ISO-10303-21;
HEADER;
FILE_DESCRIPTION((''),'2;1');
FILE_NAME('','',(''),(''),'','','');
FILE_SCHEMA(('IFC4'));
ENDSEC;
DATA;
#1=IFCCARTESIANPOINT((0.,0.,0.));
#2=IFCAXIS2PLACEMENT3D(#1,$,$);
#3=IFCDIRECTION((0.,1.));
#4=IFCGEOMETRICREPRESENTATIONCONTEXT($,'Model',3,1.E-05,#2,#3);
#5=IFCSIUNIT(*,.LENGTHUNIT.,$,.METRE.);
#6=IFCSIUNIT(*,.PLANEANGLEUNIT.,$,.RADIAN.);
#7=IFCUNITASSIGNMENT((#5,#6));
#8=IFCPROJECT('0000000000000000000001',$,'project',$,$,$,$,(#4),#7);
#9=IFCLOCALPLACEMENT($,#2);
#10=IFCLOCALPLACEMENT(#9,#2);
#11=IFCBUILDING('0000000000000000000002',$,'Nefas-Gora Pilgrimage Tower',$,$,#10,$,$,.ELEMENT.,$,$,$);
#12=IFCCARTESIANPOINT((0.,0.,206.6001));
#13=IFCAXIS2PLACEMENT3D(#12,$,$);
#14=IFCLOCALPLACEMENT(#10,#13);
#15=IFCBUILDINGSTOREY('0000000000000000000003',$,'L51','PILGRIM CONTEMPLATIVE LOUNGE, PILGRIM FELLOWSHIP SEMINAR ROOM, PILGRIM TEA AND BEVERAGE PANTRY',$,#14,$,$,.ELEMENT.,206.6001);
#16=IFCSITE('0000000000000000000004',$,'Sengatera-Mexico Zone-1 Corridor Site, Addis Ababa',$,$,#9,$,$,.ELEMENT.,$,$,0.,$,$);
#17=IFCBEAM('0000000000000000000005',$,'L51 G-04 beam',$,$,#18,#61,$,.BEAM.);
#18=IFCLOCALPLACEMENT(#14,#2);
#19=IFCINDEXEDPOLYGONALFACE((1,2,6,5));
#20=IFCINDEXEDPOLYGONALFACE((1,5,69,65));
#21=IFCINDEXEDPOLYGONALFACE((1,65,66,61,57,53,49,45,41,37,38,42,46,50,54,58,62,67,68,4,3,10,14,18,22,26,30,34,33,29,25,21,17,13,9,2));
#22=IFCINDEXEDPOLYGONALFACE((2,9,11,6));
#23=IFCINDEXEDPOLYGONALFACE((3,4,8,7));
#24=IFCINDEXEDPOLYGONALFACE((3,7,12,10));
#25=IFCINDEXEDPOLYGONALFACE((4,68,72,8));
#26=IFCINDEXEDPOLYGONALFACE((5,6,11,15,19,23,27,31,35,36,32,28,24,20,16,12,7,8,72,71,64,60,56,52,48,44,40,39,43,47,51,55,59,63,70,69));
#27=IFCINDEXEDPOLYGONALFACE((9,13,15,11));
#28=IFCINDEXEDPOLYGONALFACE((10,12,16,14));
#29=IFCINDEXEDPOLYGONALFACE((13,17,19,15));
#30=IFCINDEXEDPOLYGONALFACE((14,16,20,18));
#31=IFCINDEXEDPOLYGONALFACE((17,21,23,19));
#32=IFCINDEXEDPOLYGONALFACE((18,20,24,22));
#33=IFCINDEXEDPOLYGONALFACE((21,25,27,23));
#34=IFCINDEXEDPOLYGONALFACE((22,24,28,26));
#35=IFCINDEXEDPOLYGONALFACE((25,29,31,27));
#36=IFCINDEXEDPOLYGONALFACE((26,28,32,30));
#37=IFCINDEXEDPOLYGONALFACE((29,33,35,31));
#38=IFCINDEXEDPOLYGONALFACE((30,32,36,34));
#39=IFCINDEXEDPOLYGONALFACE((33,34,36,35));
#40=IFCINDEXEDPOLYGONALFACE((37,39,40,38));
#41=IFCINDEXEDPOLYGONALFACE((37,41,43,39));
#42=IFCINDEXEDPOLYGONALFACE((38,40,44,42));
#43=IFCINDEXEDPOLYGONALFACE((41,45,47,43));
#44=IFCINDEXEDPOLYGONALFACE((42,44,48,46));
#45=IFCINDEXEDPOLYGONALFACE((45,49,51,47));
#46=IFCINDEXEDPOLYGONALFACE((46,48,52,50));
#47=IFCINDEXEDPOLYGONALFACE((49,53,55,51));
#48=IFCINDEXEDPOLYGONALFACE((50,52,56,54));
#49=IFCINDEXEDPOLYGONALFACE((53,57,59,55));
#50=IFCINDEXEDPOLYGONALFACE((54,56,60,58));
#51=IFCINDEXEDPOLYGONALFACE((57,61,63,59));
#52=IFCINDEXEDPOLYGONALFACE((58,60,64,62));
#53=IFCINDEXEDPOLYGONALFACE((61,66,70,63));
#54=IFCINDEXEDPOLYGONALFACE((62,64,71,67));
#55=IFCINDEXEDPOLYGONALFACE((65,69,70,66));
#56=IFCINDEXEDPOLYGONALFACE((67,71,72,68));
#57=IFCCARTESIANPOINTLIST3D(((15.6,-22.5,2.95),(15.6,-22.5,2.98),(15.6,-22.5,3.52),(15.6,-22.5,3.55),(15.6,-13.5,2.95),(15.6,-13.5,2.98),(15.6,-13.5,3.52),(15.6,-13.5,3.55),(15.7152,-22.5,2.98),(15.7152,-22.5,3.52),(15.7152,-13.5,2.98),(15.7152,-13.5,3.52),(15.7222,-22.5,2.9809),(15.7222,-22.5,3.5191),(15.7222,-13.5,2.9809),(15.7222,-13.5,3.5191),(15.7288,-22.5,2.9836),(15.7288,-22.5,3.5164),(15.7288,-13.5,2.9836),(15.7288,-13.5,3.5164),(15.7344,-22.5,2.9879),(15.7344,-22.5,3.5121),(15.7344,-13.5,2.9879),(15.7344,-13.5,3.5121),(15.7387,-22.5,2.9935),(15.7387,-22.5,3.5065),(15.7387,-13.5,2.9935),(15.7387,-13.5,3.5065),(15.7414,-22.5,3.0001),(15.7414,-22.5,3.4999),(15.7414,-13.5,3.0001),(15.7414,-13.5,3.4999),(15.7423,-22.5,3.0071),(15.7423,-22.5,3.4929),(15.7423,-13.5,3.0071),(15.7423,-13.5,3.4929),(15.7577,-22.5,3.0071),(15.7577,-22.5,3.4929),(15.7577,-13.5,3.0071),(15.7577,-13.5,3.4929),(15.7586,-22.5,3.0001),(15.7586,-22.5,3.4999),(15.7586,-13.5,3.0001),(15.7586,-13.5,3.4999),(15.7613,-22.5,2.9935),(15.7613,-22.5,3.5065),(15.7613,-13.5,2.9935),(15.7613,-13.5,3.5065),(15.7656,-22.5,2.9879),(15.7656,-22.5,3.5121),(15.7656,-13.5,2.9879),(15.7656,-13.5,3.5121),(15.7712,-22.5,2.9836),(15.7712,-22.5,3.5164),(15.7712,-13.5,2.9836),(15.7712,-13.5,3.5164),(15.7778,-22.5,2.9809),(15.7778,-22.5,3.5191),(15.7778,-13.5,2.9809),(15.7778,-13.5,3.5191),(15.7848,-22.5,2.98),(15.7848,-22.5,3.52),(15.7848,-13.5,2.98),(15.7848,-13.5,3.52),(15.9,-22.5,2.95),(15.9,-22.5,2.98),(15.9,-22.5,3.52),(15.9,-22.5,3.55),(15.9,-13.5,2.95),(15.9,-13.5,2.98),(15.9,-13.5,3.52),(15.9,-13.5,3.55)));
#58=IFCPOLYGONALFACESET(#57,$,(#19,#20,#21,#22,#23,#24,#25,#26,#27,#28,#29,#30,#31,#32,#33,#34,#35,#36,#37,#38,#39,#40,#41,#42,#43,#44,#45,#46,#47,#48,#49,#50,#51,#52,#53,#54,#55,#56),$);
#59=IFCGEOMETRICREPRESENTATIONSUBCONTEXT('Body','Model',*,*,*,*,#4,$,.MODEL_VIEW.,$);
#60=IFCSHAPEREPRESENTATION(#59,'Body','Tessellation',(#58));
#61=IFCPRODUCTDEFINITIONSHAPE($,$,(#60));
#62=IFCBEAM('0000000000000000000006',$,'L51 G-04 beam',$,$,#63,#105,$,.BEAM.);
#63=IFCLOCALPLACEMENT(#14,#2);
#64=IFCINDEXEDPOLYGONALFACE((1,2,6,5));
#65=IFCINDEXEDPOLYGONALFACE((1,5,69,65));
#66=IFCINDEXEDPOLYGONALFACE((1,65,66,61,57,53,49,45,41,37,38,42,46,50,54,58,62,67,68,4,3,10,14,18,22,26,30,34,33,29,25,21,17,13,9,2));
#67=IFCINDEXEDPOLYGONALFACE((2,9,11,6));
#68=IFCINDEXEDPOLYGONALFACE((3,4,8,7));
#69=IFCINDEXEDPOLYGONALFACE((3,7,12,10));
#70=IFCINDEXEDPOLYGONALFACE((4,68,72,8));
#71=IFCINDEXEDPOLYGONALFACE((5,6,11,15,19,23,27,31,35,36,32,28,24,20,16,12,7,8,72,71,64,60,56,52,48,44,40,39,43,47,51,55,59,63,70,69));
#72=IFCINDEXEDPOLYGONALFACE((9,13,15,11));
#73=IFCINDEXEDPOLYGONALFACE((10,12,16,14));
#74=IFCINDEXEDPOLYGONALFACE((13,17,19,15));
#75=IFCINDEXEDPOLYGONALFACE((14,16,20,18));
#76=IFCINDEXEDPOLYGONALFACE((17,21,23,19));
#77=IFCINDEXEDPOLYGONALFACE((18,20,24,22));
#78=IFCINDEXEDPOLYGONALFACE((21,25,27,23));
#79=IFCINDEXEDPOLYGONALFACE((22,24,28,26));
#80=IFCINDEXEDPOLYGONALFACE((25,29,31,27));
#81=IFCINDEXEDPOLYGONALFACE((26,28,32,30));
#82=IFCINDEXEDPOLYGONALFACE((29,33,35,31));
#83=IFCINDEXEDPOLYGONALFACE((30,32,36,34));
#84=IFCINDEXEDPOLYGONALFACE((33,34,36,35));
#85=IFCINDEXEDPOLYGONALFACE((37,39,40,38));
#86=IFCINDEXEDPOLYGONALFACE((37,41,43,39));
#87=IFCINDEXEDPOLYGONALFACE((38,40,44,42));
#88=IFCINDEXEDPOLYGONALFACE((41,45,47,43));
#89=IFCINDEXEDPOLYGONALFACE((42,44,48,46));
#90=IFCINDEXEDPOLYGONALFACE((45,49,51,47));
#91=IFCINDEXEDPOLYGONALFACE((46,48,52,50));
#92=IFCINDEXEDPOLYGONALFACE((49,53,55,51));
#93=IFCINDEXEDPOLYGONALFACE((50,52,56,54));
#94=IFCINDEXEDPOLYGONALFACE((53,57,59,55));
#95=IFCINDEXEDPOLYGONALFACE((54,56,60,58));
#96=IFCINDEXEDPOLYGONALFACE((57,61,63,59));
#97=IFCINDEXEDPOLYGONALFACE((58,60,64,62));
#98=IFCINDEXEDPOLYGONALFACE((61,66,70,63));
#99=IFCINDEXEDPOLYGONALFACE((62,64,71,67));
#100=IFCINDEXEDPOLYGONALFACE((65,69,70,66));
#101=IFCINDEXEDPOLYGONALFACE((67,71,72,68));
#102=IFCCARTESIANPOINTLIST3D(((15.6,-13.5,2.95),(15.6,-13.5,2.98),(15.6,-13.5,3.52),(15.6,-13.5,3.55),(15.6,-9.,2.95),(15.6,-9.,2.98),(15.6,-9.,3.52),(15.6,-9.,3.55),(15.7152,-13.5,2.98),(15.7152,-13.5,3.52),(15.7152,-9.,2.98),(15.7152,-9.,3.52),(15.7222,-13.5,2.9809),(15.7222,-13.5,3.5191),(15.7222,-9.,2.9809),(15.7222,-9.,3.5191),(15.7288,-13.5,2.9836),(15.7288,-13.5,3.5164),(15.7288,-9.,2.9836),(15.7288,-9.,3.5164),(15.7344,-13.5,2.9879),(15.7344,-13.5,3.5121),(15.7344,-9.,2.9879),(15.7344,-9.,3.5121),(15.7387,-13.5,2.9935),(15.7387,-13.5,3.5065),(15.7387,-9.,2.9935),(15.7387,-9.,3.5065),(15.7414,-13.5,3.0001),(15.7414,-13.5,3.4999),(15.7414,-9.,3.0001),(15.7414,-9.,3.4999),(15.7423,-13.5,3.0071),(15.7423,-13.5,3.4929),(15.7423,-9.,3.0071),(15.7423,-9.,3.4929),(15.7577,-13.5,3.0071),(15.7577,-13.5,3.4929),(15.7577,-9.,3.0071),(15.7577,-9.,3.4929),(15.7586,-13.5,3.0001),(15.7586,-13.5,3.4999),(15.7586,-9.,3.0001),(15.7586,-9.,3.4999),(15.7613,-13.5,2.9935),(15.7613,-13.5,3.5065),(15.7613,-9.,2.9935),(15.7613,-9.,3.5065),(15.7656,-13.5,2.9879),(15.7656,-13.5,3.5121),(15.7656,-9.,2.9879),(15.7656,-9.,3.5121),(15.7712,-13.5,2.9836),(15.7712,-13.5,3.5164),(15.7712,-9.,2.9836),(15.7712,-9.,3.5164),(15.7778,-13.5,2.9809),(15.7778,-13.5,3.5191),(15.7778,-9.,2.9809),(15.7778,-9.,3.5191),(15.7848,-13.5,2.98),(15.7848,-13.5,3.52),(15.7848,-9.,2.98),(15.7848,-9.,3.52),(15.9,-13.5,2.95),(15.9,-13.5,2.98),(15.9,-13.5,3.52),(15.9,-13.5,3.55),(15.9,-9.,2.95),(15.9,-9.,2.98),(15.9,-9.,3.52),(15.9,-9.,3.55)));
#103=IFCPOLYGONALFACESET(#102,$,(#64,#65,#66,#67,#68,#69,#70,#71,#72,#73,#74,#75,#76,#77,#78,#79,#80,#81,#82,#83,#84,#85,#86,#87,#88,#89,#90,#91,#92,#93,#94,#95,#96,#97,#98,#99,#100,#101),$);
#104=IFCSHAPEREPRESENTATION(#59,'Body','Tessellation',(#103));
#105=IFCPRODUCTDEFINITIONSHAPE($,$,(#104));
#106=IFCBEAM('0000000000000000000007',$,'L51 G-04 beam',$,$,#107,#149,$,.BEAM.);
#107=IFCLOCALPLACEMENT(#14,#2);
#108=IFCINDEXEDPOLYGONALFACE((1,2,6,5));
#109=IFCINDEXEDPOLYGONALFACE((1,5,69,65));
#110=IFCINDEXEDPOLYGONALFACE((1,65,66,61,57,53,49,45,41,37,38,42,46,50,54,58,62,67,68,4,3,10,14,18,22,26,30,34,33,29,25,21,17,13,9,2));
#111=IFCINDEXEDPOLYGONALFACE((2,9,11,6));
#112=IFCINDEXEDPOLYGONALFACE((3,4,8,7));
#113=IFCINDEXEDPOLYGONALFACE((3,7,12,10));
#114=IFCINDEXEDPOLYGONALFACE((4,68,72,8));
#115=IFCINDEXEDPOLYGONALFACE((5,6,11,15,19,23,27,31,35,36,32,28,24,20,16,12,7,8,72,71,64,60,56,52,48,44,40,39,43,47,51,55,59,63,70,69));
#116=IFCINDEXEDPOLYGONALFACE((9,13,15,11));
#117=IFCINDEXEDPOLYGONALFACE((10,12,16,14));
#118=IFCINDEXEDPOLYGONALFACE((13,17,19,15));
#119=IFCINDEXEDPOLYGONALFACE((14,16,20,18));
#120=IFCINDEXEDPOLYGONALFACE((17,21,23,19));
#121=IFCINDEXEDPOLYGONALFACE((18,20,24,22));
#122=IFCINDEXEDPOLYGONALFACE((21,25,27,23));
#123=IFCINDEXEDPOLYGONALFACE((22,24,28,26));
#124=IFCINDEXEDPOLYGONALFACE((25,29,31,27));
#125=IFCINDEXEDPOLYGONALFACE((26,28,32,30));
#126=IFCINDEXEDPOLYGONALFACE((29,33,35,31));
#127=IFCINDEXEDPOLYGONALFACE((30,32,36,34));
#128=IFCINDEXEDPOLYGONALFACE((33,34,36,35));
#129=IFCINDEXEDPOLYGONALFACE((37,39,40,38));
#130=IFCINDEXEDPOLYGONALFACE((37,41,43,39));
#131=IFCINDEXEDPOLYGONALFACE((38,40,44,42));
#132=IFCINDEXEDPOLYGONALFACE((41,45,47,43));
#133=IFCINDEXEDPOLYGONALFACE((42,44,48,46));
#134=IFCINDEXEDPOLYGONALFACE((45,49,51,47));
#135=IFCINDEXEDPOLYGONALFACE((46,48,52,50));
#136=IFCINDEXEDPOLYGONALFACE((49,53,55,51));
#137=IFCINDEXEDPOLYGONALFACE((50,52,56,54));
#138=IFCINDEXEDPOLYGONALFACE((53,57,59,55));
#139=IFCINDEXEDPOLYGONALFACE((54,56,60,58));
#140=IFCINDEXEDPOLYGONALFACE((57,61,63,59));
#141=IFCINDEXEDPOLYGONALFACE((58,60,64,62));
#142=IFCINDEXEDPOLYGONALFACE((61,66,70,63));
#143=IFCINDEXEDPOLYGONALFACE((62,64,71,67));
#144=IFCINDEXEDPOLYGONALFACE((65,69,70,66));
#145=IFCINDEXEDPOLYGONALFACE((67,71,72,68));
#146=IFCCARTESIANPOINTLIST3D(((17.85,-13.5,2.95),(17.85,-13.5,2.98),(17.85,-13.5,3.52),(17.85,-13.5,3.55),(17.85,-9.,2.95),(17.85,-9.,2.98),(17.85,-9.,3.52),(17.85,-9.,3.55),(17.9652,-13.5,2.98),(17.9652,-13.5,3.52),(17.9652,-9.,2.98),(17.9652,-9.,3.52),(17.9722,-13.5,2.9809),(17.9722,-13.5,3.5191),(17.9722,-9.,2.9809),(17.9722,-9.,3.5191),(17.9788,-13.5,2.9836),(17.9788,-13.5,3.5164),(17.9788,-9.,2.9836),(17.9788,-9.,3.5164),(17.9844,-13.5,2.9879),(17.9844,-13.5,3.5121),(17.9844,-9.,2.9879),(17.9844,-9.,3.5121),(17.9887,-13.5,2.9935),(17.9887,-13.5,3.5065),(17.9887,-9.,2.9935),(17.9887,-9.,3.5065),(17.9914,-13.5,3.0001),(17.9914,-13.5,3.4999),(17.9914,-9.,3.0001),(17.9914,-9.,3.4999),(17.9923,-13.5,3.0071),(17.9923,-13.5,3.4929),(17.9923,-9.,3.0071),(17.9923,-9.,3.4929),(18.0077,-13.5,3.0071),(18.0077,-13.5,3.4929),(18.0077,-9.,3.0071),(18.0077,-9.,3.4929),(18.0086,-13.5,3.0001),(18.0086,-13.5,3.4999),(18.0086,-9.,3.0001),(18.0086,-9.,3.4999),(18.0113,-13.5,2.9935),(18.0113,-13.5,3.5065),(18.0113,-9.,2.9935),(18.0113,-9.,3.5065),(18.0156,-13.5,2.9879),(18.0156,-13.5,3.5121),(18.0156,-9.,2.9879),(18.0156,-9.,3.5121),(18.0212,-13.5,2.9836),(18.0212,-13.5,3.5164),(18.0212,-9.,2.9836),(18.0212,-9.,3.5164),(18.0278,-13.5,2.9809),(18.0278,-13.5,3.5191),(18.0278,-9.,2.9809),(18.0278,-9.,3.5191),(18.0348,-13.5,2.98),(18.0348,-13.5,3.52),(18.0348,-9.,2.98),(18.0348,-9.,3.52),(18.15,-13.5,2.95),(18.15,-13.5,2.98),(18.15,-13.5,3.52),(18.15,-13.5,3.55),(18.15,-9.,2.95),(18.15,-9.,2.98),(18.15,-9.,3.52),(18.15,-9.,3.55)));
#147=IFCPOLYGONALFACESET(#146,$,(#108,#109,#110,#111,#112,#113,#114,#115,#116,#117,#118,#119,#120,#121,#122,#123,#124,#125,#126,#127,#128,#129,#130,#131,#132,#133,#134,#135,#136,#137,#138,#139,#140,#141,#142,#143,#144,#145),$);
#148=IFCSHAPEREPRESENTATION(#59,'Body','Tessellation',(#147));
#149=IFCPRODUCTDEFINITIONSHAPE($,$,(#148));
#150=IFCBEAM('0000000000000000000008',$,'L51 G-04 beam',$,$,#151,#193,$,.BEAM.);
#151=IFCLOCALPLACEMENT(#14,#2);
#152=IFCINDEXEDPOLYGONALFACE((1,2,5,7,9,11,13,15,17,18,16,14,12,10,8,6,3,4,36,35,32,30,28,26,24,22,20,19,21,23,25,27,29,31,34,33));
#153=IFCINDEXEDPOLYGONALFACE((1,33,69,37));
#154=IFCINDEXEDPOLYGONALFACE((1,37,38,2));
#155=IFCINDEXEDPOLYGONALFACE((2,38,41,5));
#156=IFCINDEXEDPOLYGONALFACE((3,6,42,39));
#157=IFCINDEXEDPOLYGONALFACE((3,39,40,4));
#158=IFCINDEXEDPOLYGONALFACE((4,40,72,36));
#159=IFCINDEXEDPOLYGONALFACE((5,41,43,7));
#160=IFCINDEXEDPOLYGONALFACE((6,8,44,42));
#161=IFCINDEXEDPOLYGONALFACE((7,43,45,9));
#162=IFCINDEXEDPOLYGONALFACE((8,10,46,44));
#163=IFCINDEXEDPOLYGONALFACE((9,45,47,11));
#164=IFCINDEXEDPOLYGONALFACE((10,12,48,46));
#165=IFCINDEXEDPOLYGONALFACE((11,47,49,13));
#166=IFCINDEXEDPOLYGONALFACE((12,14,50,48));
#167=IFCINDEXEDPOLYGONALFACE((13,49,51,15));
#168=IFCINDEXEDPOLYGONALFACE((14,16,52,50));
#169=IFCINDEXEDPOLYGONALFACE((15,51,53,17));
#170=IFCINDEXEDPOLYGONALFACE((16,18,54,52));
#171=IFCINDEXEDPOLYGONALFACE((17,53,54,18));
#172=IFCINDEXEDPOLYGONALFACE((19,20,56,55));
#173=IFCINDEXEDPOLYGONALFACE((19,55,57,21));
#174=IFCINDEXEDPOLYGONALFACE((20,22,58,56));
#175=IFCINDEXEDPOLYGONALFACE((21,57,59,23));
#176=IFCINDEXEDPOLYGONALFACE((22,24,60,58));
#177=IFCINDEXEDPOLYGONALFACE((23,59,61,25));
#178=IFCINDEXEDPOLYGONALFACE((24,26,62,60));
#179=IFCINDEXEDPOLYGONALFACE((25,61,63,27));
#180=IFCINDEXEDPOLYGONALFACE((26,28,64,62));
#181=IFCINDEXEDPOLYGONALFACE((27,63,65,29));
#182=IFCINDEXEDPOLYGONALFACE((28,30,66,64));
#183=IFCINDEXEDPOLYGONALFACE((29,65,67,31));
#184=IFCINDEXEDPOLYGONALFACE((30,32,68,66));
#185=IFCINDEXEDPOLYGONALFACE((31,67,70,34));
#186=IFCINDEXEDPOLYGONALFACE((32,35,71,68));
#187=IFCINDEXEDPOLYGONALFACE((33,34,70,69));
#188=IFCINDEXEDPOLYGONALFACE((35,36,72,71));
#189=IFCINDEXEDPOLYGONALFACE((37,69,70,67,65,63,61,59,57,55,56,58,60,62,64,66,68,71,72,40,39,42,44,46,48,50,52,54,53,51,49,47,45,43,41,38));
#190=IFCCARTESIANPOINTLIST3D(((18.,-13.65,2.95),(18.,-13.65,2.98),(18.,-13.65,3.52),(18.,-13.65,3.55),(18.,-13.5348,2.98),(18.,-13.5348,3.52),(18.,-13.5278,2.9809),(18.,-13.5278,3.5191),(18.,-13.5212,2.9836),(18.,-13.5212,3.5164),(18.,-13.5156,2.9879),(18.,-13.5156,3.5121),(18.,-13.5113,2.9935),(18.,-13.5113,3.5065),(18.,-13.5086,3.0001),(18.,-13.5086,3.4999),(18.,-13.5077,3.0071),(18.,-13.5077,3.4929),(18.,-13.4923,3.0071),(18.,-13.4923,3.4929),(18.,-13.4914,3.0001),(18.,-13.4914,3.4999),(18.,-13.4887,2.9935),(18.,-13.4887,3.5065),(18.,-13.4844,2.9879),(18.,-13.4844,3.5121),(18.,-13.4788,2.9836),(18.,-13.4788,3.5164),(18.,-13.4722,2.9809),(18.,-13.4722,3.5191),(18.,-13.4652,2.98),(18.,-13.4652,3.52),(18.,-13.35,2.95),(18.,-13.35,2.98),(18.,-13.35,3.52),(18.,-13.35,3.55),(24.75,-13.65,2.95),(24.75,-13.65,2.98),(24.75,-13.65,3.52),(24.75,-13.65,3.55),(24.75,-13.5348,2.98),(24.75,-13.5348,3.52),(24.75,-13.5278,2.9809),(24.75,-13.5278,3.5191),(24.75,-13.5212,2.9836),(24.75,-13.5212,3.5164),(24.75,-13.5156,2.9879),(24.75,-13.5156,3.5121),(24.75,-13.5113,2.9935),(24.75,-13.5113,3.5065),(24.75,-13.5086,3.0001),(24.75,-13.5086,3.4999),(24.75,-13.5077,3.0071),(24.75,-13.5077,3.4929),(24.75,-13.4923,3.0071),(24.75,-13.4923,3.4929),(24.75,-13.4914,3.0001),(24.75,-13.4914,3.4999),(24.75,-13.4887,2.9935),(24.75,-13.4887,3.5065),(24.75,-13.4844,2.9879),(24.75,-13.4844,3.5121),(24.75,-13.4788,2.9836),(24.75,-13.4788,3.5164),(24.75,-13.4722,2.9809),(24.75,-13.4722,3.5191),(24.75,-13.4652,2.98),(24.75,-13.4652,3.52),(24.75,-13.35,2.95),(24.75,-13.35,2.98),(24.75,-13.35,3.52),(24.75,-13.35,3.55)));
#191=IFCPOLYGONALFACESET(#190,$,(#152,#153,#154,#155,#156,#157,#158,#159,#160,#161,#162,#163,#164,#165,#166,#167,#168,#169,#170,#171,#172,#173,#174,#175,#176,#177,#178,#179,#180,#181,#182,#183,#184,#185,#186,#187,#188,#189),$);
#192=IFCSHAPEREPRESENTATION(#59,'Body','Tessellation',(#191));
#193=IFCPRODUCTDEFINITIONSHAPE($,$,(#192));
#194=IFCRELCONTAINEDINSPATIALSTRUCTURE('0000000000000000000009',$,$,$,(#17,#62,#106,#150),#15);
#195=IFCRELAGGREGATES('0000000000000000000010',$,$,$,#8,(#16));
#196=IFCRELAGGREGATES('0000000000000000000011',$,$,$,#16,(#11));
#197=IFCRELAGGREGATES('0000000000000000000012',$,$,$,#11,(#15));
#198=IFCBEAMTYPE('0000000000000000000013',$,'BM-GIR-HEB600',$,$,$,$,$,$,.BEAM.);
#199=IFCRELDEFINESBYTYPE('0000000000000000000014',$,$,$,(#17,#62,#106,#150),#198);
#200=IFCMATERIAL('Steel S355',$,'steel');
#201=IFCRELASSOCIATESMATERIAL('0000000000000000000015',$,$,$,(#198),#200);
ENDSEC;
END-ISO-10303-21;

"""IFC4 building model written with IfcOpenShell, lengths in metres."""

from ifc_helpers import new_model, si_unit, direction, frame, origin, origin_2d, place, context, subcontext, project, spatial, i_section, extrude, source, transform, mapped, material, material_profile, profile_set, type_object, element, save


model = new_model("IFC4")

# Units and contexts
model_context = context("Model", 3, precision=1e-05, world=origin(), true_north=direction((0.0, 1.0)))
body_context = subcontext(model_context, "Body", "Model", "MODEL_VIEW")
ifc_project = project(units=[si_unit("LENGTHUNIT", "METRE"), si_unit("PLANEANGLEUNIT", "RADIAN")], contexts=[model_context])

# Site, building, storey
site_placement = place(None, origin())
site = spatial("IfcSite", under=ifc_project, at=site_placement, Name="Sengatera-Mexico Zone-1 Corridor Site, Addis Ababa", CompositionType="ELEMENT", RefElevation=0.0)
building_placement = place(site_placement, origin())
building = spatial("IfcBuilding", under=site, at=building_placement, Name="Nefas-Gora Pilgrimage Tower", CompositionType="ELEMENT")
storey_placement = place(building_placement, frame((0.0, 0.0, 206.6001)))
storey = spatial("IfcBuildingStorey", under=building, at=storey_placement, Name="L51", Description="PILGRIM CONTEMPLATIVE LOUNGE, PILGRIM FELLOWSHIP SEMINAR ROOM, PILGRIM TEA AND BEVERAGE PANTRY", CompositionType="ELEMENT", Elevation=206.6001)

# Beams
ifc_material_1 = material(Name="Steel S355", Category="steel")
ifc_material_profile_1 = material_profile(ifc_material_1, i_section(OverallWidth=0.3, OverallDepth=0.6001, WebThickness=0.0154, FlangeThickness=0.03, FilletRadius=0.0271, at=origin_2d()), Name="HEB 600")
ifc_profile_set_1 = profile_set([ifc_material_profile_1], Name="Steel S355")
beam_type_1 = type_object("IfcBeamType", Name="BM-GIR-HEB600", PredefinedType="BEAM", material=ifc_profile_set_1)
shared_shape_1 = source(origin(), body_context, "Body", "SweptSolid", [
    extrude(i_section(OverallWidth=0.3, OverallDepth=0.6001, WebThickness=0.0154, FlangeThickness=0.03, FilletRadius=0.0271, at=origin_2d()), origin(), (0.0, 0.0, 1.0), 9.0),
])
beam_1_placement = place(storey_placement, frame((15.75, -22.5, 3.25), z_axis=(0.0, 1.0, 0.0), x_axis=(-1.0, 0.0, 0.0)))
element("IfcBeam", 1, at=beam_1_placement, inside=storey, type_object=beam_type_1, Name="L51 G-04 beam", PredefinedType="BEAM", context=body_context, shape_type="MappedRepresentation", body=[
    mapped(shared_shape_1, transform((0.0, 0.0, 0.0), x_axis=(1.0, 0.0, 0.0), y_axis=(0.0, 1.0, 0.0), z_axis=(0.0, 0.0, 1.0), scale=1.0)),
])
shared_shape_2 = source(origin(), body_context, "Body", "SweptSolid", [
    extrude(i_section(OverallWidth=0.3, OverallDepth=0.6001, WebThickness=0.0154, FlangeThickness=0.03, FilletRadius=0.0271, at=origin_2d()), origin(), (0.0, 0.0, 1.0), 4.5),
])
for number, where, z_axis, x_axis, name in (
    (2, (15.75, -13.5, 3.25), (0.0, 1.0, 0.0), (-1.0, 0.0, 0.0), "L51 G-04 beam"),
    (3, (18.0, -13.5, 3.25), (0.0, 1.0, 0.0), (-1.0, 0.0, 0.0), "L51 G-04 beam"),
):
    element("IfcBeam", number, at=place(storey_placement, frame(where, z_axis=z_axis, x_axis=x_axis)), inside=storey, type_object=beam_type_1, Name=name, PredefinedType="BEAM", context=body_context, shape_type="MappedRepresentation", body=[
        mapped(shared_shape_2, transform((0.0, 0.0, 0.0), x_axis=(1.0, 0.0, 0.0), y_axis=(0.0, 1.0, 0.0), z_axis=(0.0, 0.0, 1.0), scale=1.0)),
    ])
shared_shape_3 = source(origin(), body_context, "Body", "SweptSolid", [
    extrude(i_section(OverallWidth=0.3, OverallDepth=0.6001, WebThickness=0.0154, FlangeThickness=0.03, FilletRadius=0.0271, at=origin_2d()), origin(), (0.0, 0.0, 1.0), 6.75),
])
beam_2_placement = place(storey_placement, frame((18.0, -13.5, 3.25), z_axis=(1.0, 0.0, 0.0), x_axis=(0.0, 1.0, 0.0)))
element("IfcBeam", 4, at=beam_2_placement, inside=storey, type_object=beam_type_1, Name="L51 G-04 beam", PredefinedType="BEAM", context=body_context, shape_type="MappedRepresentation", body=[
    mapped(shared_shape_3, transform((0.0, 0.0, 0.0), x_axis=(1.0, 0.0, 0.0), y_axis=(0.0, 1.0, 0.0), z_axis=(0.0, 0.0, 1.0), scale=1.0)),
])

save(model, "model.ifc")
